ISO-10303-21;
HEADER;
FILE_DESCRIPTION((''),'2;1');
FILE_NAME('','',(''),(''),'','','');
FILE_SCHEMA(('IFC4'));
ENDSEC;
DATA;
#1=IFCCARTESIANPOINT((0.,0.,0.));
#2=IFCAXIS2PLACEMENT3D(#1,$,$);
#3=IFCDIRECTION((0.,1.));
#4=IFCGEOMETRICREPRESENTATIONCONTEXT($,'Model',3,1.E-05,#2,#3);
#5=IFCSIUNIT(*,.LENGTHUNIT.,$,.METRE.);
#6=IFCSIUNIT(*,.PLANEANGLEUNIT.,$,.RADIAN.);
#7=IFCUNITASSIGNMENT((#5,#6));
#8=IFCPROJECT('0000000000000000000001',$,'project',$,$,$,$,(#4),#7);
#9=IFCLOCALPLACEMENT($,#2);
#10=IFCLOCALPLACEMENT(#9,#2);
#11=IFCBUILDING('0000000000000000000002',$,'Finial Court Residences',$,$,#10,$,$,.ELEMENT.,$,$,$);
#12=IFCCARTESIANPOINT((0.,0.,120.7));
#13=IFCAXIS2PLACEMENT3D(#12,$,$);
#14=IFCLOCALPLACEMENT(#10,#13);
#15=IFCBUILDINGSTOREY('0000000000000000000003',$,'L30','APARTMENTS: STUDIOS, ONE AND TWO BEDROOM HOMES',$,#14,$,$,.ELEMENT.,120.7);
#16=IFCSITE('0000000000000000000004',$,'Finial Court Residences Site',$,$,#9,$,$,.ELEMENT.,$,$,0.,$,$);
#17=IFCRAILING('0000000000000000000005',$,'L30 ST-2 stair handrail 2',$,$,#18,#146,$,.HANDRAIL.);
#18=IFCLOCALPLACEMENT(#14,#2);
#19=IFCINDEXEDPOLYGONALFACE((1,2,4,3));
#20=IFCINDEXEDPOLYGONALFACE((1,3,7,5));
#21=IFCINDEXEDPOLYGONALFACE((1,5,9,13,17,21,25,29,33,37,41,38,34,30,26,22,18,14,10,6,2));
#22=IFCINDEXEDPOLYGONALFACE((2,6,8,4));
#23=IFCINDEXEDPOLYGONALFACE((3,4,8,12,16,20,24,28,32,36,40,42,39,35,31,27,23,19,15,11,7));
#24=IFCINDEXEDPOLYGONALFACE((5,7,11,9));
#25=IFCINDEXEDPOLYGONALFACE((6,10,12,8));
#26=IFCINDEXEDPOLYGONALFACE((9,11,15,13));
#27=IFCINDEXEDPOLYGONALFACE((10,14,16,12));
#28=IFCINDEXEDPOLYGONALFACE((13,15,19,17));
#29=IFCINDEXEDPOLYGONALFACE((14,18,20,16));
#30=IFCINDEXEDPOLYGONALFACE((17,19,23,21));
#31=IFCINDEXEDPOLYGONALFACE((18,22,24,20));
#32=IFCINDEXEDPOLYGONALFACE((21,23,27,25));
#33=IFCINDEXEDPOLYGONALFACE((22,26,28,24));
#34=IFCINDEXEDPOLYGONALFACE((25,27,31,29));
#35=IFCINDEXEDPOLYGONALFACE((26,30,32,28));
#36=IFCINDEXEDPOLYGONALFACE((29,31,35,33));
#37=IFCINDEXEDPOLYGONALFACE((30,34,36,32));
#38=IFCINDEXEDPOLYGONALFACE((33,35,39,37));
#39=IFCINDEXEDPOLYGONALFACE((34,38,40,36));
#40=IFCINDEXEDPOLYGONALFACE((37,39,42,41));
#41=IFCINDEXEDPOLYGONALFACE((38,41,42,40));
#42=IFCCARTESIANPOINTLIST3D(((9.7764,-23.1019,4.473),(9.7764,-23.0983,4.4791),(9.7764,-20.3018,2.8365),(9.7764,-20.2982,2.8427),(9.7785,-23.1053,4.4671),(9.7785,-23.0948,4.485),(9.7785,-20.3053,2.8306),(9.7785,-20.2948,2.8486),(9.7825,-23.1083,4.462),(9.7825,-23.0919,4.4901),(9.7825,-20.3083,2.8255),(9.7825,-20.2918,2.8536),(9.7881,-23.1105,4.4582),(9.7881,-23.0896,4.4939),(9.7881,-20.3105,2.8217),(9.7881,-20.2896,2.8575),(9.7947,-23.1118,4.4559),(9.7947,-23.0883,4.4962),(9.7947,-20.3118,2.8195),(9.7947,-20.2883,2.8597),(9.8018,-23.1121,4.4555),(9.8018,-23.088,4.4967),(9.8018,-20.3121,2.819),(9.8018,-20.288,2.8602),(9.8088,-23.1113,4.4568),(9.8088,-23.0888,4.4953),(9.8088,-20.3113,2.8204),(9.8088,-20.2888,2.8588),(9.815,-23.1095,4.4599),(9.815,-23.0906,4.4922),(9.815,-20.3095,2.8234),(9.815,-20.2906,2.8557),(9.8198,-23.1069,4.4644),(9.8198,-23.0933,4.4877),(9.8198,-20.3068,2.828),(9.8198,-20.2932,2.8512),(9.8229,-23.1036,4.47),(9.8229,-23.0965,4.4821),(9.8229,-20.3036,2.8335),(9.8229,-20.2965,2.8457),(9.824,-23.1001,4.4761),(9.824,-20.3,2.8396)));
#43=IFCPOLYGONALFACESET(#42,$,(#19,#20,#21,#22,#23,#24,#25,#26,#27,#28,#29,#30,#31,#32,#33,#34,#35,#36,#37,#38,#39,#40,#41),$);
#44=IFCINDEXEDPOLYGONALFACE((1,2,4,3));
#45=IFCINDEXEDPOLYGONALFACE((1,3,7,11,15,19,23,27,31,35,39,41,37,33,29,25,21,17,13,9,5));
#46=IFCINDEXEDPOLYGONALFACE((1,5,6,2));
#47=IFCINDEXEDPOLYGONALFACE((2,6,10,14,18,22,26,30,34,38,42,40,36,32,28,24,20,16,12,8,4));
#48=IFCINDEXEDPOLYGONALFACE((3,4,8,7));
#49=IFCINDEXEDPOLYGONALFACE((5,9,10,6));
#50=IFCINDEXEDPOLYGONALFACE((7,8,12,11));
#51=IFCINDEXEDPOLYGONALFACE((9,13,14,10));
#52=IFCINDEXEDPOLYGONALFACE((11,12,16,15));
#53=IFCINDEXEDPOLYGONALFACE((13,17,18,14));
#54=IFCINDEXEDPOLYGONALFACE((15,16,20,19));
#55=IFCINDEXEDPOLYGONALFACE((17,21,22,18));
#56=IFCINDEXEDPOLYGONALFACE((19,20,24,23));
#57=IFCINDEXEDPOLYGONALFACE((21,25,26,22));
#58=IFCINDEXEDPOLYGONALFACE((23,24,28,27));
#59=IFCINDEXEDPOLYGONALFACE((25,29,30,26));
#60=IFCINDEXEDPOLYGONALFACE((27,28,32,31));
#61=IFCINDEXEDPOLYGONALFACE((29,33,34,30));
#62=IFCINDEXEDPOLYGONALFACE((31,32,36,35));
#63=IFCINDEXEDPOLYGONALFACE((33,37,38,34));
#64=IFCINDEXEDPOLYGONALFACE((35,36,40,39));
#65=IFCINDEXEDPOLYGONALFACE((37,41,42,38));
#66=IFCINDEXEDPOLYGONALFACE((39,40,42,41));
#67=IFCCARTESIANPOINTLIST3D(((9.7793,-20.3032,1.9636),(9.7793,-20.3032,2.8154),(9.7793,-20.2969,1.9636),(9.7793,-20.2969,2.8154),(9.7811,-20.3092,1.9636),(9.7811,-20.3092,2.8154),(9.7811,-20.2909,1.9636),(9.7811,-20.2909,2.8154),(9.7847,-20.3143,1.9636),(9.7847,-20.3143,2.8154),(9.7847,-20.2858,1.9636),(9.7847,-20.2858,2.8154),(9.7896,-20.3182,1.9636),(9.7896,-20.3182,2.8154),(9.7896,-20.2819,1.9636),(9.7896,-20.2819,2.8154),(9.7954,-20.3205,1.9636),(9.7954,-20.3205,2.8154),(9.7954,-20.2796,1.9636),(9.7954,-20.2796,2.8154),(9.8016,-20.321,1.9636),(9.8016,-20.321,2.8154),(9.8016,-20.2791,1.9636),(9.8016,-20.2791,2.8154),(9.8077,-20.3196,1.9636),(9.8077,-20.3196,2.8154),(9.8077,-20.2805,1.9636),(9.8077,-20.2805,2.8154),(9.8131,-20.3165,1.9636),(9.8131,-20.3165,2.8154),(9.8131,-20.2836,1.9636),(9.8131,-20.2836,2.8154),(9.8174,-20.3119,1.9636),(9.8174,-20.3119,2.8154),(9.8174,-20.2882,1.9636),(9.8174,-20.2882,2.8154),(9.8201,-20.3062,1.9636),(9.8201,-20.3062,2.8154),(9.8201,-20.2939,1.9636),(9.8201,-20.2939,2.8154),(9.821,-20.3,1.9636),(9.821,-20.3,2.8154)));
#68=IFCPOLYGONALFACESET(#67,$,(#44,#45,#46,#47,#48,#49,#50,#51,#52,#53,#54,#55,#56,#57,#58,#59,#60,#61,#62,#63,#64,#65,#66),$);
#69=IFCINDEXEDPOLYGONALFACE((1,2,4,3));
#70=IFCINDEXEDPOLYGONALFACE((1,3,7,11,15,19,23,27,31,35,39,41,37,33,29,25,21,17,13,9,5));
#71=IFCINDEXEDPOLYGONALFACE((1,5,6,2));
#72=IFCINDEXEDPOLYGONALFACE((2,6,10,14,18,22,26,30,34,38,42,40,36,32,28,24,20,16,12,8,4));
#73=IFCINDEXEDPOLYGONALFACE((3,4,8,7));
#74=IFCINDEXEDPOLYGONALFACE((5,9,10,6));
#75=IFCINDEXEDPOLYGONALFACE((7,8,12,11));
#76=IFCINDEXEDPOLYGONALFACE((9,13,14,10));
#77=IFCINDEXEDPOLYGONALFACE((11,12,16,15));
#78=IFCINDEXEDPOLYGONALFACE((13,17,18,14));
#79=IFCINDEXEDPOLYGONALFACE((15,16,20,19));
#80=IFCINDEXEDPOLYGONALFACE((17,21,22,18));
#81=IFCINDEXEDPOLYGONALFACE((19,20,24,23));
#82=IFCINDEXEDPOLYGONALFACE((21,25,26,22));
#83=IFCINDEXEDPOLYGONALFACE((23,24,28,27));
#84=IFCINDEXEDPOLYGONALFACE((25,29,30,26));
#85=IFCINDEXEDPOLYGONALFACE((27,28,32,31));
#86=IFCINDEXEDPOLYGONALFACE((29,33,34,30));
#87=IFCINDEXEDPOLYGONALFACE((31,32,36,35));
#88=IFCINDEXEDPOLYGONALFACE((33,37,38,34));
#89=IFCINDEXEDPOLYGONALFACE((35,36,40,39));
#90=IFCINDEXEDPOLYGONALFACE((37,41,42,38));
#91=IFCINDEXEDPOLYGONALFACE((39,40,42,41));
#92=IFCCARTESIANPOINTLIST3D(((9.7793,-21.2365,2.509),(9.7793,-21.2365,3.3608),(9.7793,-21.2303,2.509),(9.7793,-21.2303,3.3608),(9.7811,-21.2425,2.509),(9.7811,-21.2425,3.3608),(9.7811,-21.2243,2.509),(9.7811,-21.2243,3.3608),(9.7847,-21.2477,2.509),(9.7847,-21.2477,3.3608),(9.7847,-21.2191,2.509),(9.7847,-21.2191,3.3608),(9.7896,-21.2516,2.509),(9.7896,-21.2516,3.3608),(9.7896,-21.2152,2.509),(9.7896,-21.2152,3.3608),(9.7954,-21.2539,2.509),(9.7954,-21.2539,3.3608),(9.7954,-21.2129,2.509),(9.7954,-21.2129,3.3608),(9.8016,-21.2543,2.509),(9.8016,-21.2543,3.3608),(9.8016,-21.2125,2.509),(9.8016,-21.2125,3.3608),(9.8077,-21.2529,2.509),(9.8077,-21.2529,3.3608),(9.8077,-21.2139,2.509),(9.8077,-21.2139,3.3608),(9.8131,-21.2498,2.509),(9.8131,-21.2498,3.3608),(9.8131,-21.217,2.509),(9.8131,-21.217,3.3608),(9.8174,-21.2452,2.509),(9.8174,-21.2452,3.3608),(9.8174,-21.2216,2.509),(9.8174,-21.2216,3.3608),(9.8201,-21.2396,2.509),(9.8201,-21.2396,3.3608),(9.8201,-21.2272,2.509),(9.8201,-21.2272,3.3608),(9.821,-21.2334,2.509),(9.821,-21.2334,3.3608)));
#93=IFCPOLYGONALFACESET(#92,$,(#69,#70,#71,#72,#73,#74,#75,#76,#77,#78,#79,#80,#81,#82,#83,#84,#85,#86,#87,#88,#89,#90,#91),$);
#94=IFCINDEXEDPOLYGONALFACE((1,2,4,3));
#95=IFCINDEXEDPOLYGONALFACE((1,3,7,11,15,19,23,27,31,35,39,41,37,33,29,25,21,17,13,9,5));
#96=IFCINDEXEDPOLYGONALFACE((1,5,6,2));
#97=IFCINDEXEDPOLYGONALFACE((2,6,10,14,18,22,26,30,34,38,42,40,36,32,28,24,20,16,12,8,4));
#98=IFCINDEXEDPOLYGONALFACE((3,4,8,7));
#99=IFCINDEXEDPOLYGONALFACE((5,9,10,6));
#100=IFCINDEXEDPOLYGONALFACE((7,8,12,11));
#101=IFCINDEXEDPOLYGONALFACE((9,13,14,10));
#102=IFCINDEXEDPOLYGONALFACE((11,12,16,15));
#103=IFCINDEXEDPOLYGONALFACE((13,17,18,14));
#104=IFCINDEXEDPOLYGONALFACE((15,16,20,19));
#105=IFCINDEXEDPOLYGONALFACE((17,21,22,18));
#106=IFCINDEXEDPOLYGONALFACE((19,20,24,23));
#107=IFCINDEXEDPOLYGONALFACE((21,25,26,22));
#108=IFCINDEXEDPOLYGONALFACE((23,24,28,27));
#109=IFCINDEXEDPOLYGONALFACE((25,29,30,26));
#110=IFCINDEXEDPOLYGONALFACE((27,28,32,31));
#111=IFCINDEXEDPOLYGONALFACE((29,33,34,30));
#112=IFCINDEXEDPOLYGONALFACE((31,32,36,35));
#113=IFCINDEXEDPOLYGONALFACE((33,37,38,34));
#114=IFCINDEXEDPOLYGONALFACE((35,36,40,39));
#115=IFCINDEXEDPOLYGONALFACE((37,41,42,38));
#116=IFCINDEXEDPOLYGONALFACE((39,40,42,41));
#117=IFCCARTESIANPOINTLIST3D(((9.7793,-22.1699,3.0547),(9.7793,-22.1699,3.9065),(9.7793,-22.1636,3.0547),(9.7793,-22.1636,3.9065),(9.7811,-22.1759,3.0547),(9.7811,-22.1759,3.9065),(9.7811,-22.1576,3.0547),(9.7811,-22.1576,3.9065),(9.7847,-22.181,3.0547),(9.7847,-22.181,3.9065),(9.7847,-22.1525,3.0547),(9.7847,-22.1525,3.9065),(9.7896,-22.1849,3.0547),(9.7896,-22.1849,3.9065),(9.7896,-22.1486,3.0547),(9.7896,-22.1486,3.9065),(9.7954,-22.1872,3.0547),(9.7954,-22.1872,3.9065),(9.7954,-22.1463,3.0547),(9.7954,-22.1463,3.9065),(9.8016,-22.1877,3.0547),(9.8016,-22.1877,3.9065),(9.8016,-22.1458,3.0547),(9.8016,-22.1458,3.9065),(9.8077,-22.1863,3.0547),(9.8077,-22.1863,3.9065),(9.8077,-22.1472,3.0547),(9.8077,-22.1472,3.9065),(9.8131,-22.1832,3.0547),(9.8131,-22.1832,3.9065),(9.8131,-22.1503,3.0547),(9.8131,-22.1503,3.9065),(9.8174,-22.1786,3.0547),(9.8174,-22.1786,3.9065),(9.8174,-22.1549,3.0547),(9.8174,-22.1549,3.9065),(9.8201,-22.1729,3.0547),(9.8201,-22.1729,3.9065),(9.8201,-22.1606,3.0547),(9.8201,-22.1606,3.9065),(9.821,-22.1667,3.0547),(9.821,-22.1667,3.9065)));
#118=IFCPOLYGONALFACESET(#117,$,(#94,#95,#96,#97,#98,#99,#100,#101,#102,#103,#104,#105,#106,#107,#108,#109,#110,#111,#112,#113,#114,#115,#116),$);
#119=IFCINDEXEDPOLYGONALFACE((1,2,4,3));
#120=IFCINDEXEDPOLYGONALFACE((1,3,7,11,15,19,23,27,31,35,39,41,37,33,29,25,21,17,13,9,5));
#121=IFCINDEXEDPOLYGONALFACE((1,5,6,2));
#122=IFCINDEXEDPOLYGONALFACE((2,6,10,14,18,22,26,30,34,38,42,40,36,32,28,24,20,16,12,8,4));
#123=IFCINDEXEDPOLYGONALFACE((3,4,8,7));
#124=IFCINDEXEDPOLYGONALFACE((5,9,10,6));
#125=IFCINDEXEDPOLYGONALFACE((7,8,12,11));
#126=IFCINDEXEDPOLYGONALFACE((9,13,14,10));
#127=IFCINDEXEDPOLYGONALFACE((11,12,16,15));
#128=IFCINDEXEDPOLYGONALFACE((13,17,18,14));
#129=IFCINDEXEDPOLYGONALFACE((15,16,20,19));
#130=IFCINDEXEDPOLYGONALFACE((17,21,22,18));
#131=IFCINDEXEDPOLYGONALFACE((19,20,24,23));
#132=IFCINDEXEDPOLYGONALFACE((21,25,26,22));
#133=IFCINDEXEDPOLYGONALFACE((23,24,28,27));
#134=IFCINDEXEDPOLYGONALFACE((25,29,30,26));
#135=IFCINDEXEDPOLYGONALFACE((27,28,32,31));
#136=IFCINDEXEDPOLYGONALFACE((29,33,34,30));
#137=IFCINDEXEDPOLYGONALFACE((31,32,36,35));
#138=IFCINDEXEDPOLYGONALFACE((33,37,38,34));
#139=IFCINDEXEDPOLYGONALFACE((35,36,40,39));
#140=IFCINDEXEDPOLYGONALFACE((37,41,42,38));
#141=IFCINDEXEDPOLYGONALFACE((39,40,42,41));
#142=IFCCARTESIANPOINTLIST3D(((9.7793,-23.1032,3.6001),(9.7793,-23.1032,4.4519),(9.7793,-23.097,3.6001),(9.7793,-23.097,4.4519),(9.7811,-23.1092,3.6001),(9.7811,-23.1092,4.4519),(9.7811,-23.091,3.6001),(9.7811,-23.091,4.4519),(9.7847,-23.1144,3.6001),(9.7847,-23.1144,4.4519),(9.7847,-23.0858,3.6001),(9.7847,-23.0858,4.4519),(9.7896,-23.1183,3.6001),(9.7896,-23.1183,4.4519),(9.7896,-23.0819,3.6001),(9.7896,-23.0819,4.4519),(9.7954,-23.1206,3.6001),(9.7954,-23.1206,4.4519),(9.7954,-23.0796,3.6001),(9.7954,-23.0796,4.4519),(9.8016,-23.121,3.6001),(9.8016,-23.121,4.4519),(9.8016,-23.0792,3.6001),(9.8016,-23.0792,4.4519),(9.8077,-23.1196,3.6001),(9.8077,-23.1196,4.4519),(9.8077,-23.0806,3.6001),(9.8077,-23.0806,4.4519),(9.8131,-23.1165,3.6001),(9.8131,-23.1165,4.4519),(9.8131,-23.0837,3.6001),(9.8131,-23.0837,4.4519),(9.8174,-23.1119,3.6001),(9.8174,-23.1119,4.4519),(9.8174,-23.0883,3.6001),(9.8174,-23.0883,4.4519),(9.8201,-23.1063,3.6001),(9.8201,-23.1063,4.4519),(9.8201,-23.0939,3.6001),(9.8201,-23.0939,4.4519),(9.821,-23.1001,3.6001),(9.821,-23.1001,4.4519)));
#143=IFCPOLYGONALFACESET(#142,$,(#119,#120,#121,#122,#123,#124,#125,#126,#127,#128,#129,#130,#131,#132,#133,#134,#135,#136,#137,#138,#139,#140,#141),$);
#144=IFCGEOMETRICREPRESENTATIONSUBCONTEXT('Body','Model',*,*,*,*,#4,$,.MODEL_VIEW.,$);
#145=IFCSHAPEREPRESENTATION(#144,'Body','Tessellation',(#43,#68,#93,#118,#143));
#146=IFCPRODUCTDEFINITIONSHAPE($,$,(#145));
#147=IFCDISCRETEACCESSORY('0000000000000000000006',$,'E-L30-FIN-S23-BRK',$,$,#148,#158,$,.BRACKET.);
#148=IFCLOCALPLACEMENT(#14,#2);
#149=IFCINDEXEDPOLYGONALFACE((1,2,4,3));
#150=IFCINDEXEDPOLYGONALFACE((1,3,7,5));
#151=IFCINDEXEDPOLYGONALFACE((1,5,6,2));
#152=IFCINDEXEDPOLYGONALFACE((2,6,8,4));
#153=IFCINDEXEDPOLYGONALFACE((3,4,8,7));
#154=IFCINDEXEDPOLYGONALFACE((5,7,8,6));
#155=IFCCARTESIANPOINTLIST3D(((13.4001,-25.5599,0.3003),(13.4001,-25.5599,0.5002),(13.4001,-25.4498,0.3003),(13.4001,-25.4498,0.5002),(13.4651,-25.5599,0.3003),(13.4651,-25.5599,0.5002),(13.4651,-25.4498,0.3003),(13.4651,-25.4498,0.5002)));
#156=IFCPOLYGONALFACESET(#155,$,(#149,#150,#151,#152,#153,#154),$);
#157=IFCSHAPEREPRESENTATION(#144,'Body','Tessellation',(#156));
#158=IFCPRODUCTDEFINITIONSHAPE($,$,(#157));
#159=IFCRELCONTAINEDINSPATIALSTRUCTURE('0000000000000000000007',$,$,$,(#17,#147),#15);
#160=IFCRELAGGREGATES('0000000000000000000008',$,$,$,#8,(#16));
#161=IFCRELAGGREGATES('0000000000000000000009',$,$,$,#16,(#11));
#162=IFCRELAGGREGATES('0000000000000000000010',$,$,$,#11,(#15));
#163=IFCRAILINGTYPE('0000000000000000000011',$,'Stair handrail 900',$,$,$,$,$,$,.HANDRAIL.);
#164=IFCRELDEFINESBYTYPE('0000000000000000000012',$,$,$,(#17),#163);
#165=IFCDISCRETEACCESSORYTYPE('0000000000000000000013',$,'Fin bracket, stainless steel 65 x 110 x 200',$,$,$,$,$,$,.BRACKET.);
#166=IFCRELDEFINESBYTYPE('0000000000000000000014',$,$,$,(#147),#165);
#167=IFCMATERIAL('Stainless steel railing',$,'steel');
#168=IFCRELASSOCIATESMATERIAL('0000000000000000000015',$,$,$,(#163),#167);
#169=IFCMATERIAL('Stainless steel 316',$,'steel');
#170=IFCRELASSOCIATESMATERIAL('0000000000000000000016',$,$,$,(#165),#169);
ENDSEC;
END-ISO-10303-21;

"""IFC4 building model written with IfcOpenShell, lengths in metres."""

from ifc_helpers import new_model, si_unit, direction, frame, origin, origin_2d, place, context, subcontext, project, spatial, rectangle, circle, extrude, material, type_object, element, save


model = new_model("IFC4")

# Units and contexts
model_context = context("Model", 3, precision=1e-05, world=origin(), true_north=direction((0.0, 1.0)))
body_context = subcontext(model_context, "Body", "Model", "MODEL_VIEW")
ifc_project = project(units=[si_unit("LENGTHUNIT", "METRE"), si_unit("PLANEANGLEUNIT", "RADIAN")], contexts=[model_context])

# Site, building, storey
site_placement = place(None, origin())
site = spatial("IfcSite", under=ifc_project, at=site_placement, Name="Finial Court Residences Site", CompositionType="ELEMENT", RefElevation=0.0)
building_placement = place(site_placement, origin())
building = spatial("IfcBuilding", under=site, at=building_placement, Name="Finial Court Residences", CompositionType="ELEMENT")
storey_placement = place(building_placement, frame((0.0, 0.0, 120.7)))
storey = spatial("IfcBuildingStorey", under=building, at=storey_placement, Name="L30", Description="APARTMENTS: STUDIOS, ONE AND TWO BEDROOM HOMES", CompositionType="ELEMENT", Elevation=120.7)

# Railing
ifc_material_1 = material(Name="Stainless steel railing", Category="steel")
railing_type_1 = type_object("IfcRailingType", Name="Stair handrail 900", PredefinedType="HANDRAIL", material=ifc_material_1)
railing_1_placement = place(storey_placement, frame((9.8, -20.3, 1.9636)))
element("IfcRailing", 1, at=railing_1_placement, inside=storey, type_object=railing_type_1, Name="L30 ST-2 stair handrail 2", PredefinedType="HANDRAIL", context=body_context, shape_type="SweptSolid", body=[
    extrude(circle(Radius=0.0239, at=origin_2d()), frame((0.0, 0.0, 0.876), z_axis=(0.0, -0.863361, 0.504587), x_axis=(1.0, 0.0, 0.0)), (0.0, 0.0, 1.0), 3.2432),
    extrude(circle(Radius=0.021, at=origin_2d()), origin(), (0.0, 0.0, 1.0), 0.8518),
    extrude(circle(Radius=0.021, at=origin_2d()), frame((0.0, -0.9333, 0.5454)), (0.0, 0.0, 1.0), 0.8518),
    extrude(circle(Radius=0.021, at=origin_2d()), frame((0.0, -1.8667, 1.0911)), (0.0, 0.0, 1.0), 0.8518),
    extrude(circle(Radius=0.021, at=origin_2d()), frame((0.0, -2.8, 1.6365)), (0.0, 0.0, 1.0), 0.8518),
])

# Discrete accessory
ifc_material_2 = material(Name="Stainless steel 316", Category="steel")
discrete_accessory_type = type_object("IfcDiscreteAccessoryType", Name="Fin bracket, stainless steel 65 x 110 x 200", PredefinedType="BRACKET", material=ifc_material_2)
discrete_accessory_placement = place(storey_placement, frame((13.4326, -25.5049, 0.3003), z_axis=(0.0, 0.0, 1.0), x_axis=(1.0, 0.0, 0.0)))
element("IfcDiscreteAccessory", 2, at=discrete_accessory_placement, inside=storey, type_object=discrete_accessory_type, Name="E-L30-FIN-S23-BRK", PredefinedType="BRACKET", context=body_context, shape_type="SweptSolid", body=[
    extrude(rectangle(XDim=0.0649, YDim=0.1101, at=origin_2d()), origin(), (0.0, 0.0, 1.0), 0.2),
])

save(model, "model.ifc")
